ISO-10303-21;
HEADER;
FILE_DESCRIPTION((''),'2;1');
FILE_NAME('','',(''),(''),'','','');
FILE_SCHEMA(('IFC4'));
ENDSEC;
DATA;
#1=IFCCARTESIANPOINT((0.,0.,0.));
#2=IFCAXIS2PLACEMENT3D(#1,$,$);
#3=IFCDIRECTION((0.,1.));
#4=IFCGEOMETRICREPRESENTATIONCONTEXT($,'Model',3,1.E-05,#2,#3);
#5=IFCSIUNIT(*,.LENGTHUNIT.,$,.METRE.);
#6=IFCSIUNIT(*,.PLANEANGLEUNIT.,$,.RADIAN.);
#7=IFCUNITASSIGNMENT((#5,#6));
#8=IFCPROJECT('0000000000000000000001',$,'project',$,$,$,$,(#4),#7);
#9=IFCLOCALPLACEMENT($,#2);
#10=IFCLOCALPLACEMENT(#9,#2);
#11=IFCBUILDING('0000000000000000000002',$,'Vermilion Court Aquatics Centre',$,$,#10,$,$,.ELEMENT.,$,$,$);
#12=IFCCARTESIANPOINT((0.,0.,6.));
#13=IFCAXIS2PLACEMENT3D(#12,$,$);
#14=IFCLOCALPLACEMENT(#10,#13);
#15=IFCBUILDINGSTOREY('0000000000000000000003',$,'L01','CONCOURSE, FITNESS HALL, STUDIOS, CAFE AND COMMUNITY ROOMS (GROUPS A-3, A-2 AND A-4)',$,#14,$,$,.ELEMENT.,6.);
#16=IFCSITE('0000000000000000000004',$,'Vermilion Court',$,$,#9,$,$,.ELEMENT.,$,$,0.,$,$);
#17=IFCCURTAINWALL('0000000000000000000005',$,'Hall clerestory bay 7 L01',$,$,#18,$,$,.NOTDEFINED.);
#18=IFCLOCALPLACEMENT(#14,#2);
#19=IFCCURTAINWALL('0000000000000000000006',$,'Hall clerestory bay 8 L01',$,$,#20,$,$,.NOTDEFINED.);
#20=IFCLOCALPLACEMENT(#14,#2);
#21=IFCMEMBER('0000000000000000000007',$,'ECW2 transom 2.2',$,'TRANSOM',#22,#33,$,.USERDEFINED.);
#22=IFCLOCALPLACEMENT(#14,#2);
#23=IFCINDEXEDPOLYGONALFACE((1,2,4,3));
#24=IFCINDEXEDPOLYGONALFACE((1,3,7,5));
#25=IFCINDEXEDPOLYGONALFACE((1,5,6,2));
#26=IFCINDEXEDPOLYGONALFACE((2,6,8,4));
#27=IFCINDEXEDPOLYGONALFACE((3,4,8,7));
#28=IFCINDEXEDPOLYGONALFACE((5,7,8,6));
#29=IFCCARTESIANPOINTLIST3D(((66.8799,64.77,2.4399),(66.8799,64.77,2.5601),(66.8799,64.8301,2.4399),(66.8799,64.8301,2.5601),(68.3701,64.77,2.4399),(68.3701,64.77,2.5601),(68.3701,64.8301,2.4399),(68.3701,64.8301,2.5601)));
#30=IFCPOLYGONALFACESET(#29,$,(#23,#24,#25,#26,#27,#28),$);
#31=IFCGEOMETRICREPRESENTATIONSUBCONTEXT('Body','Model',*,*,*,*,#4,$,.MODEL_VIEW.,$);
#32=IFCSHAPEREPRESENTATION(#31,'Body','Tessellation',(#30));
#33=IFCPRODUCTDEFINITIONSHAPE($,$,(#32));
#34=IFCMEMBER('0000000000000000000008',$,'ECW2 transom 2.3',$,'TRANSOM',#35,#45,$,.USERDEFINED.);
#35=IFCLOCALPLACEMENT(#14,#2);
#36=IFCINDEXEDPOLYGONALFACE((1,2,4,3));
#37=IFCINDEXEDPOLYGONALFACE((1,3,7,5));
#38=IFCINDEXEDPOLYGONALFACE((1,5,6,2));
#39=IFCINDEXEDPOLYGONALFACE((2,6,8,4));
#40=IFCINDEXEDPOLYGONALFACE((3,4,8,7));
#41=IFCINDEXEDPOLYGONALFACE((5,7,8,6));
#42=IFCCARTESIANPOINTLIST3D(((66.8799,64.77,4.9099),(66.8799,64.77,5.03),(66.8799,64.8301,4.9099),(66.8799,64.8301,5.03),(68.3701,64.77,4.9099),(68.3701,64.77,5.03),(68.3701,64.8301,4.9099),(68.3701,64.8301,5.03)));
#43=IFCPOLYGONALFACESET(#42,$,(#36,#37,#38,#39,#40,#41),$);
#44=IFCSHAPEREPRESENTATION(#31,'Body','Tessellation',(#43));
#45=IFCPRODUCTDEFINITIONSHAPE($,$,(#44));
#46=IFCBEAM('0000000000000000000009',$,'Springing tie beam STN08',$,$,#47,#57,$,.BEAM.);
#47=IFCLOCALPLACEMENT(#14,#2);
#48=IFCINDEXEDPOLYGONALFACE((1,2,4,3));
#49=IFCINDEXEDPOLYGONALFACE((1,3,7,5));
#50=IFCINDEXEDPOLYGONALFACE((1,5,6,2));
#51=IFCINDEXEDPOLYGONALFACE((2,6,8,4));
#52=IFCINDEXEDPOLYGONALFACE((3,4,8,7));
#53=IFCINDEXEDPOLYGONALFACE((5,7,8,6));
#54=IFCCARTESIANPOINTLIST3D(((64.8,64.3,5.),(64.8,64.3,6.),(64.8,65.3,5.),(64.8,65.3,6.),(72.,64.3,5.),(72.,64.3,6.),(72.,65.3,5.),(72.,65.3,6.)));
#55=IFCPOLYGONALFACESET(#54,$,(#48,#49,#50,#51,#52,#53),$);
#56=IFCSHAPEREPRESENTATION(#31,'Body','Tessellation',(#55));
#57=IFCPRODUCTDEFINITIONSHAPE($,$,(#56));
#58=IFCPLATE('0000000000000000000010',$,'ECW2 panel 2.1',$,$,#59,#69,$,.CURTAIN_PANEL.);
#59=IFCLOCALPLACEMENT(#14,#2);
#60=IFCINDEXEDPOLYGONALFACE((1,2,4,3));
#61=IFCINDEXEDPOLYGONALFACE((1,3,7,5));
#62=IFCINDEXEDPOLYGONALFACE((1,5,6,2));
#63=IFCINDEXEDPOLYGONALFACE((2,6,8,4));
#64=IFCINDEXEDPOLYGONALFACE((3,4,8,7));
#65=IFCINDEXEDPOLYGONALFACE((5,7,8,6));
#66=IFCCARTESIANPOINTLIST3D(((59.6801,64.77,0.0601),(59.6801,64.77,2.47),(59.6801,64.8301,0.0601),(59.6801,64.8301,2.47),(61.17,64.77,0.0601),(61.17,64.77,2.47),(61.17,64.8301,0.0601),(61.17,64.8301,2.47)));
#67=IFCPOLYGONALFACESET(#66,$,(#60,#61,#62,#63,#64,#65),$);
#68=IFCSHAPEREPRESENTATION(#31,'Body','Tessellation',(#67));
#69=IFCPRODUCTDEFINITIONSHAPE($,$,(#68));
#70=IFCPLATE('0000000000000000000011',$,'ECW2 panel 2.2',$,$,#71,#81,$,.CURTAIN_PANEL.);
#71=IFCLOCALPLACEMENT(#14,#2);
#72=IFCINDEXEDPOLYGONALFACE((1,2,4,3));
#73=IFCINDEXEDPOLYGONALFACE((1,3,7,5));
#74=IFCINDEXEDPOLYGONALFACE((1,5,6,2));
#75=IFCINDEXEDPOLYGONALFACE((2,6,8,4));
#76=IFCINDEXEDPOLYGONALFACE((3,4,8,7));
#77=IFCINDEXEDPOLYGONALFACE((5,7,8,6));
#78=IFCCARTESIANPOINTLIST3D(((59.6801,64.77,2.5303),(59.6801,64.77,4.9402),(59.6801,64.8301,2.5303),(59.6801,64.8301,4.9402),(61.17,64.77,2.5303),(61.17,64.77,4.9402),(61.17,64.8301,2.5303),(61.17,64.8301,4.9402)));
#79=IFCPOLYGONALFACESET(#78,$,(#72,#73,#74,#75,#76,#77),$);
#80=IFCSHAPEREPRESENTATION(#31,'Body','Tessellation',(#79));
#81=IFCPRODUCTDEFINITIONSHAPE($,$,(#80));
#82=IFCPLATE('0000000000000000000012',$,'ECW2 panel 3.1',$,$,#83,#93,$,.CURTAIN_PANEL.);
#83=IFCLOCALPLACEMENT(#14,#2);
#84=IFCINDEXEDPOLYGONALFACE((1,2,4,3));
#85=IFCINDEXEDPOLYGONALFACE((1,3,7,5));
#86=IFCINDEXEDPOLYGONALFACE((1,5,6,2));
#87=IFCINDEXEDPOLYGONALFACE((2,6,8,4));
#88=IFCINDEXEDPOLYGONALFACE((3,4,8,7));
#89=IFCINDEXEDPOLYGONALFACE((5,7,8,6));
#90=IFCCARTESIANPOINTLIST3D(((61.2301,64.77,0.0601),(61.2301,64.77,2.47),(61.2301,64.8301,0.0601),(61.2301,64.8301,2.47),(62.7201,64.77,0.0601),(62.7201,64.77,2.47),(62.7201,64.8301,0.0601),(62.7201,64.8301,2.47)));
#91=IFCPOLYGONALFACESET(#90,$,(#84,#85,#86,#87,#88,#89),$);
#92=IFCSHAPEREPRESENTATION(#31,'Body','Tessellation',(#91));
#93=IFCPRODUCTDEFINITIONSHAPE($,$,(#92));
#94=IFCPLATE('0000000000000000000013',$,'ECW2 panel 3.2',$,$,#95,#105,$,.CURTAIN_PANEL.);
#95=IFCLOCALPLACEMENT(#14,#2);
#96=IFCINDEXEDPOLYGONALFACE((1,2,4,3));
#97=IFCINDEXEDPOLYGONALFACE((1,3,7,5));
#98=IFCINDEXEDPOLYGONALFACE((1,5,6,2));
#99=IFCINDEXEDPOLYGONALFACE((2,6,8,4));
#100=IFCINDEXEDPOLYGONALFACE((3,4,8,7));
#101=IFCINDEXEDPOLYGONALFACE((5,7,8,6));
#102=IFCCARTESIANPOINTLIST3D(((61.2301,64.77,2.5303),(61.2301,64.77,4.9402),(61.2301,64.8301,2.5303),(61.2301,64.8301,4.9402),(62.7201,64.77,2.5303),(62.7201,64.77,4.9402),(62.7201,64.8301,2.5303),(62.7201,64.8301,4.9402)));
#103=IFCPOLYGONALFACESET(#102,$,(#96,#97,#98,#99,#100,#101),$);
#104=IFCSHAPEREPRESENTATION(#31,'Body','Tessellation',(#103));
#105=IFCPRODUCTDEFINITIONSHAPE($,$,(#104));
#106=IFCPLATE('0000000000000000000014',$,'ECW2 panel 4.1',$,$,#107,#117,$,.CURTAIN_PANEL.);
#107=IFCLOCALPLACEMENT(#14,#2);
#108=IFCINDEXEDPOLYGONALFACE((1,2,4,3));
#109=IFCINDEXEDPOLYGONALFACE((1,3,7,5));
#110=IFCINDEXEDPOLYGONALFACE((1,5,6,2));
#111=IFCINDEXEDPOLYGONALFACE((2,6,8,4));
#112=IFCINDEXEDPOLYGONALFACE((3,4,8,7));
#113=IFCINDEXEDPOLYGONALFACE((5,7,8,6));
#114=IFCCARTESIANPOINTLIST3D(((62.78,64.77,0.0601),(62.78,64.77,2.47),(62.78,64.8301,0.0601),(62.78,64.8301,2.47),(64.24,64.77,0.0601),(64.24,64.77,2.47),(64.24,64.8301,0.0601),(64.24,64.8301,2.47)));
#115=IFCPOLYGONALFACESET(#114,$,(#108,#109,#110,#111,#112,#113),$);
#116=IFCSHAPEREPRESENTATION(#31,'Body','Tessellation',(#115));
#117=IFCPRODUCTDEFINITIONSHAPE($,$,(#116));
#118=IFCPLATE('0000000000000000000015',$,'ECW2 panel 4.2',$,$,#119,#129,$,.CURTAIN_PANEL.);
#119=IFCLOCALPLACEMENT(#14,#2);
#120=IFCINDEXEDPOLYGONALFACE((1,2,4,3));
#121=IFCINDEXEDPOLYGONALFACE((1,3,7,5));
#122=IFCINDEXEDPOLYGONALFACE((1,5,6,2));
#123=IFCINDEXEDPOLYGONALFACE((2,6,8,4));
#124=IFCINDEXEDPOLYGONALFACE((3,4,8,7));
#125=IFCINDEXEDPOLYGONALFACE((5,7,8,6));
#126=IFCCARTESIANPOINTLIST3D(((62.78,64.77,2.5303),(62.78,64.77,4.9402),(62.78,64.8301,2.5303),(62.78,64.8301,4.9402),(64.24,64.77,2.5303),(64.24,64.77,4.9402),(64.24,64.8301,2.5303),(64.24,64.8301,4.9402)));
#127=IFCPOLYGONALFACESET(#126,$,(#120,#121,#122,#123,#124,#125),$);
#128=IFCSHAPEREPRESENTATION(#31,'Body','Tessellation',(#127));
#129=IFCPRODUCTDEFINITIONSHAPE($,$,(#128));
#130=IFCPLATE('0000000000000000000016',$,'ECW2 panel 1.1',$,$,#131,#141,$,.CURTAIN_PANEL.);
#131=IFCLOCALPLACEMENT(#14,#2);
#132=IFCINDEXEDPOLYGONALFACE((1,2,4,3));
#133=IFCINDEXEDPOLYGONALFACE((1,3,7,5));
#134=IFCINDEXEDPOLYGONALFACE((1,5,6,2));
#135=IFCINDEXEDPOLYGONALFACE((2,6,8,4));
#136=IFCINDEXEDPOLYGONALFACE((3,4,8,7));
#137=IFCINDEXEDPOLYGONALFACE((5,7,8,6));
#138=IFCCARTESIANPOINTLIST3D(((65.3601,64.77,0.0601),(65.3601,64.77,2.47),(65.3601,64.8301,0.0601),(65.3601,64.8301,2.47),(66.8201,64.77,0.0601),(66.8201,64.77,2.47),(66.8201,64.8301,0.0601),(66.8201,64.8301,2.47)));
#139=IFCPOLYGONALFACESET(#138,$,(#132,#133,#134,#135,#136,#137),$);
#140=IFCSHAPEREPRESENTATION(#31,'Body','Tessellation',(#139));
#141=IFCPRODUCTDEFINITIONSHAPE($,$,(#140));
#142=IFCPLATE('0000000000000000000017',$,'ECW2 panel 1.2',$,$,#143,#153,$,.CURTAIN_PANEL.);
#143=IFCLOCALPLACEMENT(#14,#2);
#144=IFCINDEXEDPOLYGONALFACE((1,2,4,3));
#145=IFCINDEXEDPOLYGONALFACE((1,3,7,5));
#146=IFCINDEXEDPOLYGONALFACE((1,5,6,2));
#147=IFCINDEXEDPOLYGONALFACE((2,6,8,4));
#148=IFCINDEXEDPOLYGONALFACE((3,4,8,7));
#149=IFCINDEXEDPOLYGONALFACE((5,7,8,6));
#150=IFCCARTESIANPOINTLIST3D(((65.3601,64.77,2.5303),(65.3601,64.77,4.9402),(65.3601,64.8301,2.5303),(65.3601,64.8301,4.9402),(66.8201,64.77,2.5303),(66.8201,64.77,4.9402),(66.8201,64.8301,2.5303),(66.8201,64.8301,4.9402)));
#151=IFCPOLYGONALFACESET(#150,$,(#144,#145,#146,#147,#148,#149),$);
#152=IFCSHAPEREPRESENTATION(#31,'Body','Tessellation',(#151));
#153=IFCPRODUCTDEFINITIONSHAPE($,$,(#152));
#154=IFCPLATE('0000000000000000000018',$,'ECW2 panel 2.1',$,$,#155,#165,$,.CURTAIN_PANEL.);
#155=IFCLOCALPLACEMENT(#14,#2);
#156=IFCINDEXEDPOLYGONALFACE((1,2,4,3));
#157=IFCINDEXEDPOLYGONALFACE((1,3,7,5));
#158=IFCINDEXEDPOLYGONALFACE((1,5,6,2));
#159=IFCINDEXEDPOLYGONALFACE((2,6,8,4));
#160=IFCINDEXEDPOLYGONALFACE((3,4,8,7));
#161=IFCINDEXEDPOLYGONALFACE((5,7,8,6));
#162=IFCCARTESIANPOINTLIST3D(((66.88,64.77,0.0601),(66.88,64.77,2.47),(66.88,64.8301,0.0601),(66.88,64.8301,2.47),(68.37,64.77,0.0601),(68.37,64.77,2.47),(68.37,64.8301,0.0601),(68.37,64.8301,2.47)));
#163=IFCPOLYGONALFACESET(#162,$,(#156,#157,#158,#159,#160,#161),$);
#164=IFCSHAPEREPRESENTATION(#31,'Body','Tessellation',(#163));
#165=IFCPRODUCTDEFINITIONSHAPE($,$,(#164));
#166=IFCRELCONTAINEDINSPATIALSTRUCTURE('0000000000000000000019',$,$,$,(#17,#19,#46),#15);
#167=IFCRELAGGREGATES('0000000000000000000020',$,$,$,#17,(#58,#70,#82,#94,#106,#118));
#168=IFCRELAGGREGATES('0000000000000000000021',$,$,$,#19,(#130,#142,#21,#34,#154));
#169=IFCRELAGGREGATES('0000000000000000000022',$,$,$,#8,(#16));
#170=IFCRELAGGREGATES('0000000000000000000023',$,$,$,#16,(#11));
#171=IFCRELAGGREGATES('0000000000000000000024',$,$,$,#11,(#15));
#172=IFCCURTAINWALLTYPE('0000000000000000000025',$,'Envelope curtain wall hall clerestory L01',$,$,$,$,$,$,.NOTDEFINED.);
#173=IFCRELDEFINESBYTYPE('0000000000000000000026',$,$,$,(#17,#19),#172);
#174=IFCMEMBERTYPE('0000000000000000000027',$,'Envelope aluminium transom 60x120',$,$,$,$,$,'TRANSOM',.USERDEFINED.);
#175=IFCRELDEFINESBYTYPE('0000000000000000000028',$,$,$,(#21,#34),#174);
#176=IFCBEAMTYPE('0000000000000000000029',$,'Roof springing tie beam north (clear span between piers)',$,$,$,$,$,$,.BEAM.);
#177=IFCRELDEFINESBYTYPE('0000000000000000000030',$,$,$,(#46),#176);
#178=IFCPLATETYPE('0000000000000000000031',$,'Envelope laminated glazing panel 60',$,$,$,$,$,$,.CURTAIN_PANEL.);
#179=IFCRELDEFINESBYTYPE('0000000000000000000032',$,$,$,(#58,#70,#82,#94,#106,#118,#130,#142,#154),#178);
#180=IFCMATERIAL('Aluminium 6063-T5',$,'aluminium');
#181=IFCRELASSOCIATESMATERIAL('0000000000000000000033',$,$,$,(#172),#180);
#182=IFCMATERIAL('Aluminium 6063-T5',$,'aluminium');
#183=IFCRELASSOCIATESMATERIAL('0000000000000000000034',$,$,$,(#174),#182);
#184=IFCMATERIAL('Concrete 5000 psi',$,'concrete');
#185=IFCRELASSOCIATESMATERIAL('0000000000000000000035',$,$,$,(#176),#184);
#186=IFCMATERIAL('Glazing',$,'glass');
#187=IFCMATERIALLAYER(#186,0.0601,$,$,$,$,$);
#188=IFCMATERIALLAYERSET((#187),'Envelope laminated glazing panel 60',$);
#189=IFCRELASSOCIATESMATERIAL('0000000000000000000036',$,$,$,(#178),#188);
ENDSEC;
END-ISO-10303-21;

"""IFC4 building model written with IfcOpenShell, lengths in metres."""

from ifc_helpers import new_model, si_unit, direction, frame, origin, origin_2d, place, context, subcontext, project, spatial, rectangle, extrude, material, layer, layer_set, material_profile, profile_set, type_object, element, aggregate, save


model = new_model("IFC4")

# Units and contexts
model_context = context("Model", 3, precision=1e-05, world=origin(), true_north=direction((0.0, 1.0)))
body_context = subcontext(model_context, "Body", "Model", "MODEL_VIEW")
ifc_project = project(units=[si_unit("LENGTHUNIT", "METRE"), si_unit("PLANEANGLEUNIT", "RADIAN")], contexts=[model_context])

# Site, building, storey
site_placement = place(None, origin())
site = spatial("IfcSite", under=ifc_project, at=site_placement, Name="Vermilion Court", CompositionType="ELEMENT", RefElevation=0.0)
building_placement = place(site_placement, origin())
building = spatial("IfcBuilding", under=site, at=building_placement, Name="Vermilion Court Aquatics Centre", CompositionType="ELEMENT")
storey_placement = place(building_placement, frame((0.0, 0.0, 6.0)))
storey = spatial("IfcBuildingStorey", under=building, at=storey_placement, Name="L01", Description="CONCOURSE, FITNESS HALL, STUDIOS, CAFE AND COMMUNITY ROOMS (GROUPS A-3, A-2 AND A-4)", CompositionType="ELEMENT", Elevation=6.0)

# Curtain walls
ifc_material_1 = material(Name="Aluminium 6063-T5", Category="aluminium")
curtain_wall_type = type_object("IfcCurtainWallType", Name="Envelope curtain wall hall clerestory L01", PredefinedType="NOTDEFINED", material=ifc_material_1)
curtain_wall_1_placement = place(storey_placement, origin())
curtain_wall_1 = element("IfcCurtainWall", 1, at=curtain_wall_1_placement, inside=storey, type_object=curtain_wall_type, Name="Hall clerestory bay 7 L01", PredefinedType="NOTDEFINED")
curtain_wall_2_placement = place(storey_placement, origin())
curtain_wall_2 = element("IfcCurtainWall", 2, at=curtain_wall_2_placement, inside=storey, type_object=curtain_wall_type, Name="Hall clerestory bay 8 L01", PredefinedType="NOTDEFINED")

# Members
ifc_material_2 = material(Name="Aluminium 6063-T5", Category="aluminium")
ifc_material_profile_1 = material_profile(ifc_material_2, rectangle(XDim=0.0601, YDim=0.1201, at=origin_2d()), Name="AL 60x120")
ifc_profile_set_1 = profile_set([ifc_material_profile_1], Name="Aluminium 6063-T5")
member_type_1 = type_object("IfcMemberType", Name="Envelope aluminium transom 60x120", ElementType="TRANSOM", PredefinedType="USERDEFINED", material=ifc_profile_set_1)
member_1_placement = place(storey_placement, frame((66.8799, 64.8, 2.5), z_axis=(1.0, 0.0, 0.0), x_axis=(0.0, 1.0, 0.0)))
member_1 = element("IfcMember", 3, at=member_1_placement, type_object=member_type_1, Name="ECW2 transom 2.2", ObjectType="TRANSOM", PredefinedType="USERDEFINED", context=body_context, shape_type="SweptSolid", body=[
    extrude(rectangle(XDim=0.0601, YDim=0.1201, at=origin_2d()), origin(), (0.0, 0.0, 1.0), 1.4902),
])
member_2_placement = place(storey_placement, frame((66.8799, 64.8, 4.97), z_axis=(1.0, 0.0, 0.0), x_axis=(0.0, 1.0, 0.0)))
member_2 = element("IfcMember", 4, at=member_2_placement, type_object=member_type_1, Name="ECW2 transom 2.3", ObjectType="TRANSOM", PredefinedType="USERDEFINED", context=body_context, shape_type="SweptSolid", body=[
    extrude(rectangle(XDim=0.0601, YDim=0.1201, at=origin_2d()), origin(), (0.0, 0.0, 1.0), 1.4902),
])

# Beam
ifc_material_3 = material(Name="Concrete 5000 psi", Category="concrete")
ifc_material_profile_2 = material_profile(ifc_material_3, rectangle(XDim=1.0, YDim=1.0, at=origin_2d()), Name="RC 1000x1000")
ifc_profile_set_2 = profile_set([ifc_material_profile_2], Name="Concrete 5000 psi")
beam_type = type_object("IfcBeamType", Name="Roof springing tie beam north (clear span between piers)", PredefinedType="BEAM", material=ifc_profile_set_2)
beam_placement = place(storey_placement, frame((64.8, 64.8, 5.5), z_axis=(1.0, 0.0, 0.0), x_axis=(0.0, 1.0, 0.0)))
element("IfcBeam", 5, at=beam_placement, inside=storey, type_object=beam_type, Name="Springing tie beam STN08", PredefinedType="BEAM", context=body_context, shape_type="SweptSolid", body=[
    extrude(rectangle(XDim=1.0, YDim=1.0, at=origin_2d()), origin(), (0.0, 0.0, 1.0), 7.2),
])

# Plates
ifc_material_4 = material(Name="Glazing", Category="glass")
ifc_layer = layer(ifc_material_4, 0.0601)
ifc_layer_set = layer_set([ifc_layer], Name="Envelope laminated glazing panel 60")
plate_type = type_object("IfcPlateType", Name="Envelope laminated glazing panel 60", PredefinedType="CURTAIN_PANEL", material=ifc_layer_set)
plate_1_placement = place(storey_placement, frame((60.425, 64.8, 0.0601), z_axis=(0.0, 0.0, 1.0), x_axis=(1.0, 0.0, 0.0)))
plate_1 = element("IfcPlate", 6, at=plate_1_placement, type_object=plate_type, Name="ECW2 panel 2.1", PredefinedType="CURTAIN_PANEL", context=body_context, shape_type="SweptSolid", body=[
    extrude(rectangle(XDim=1.49, YDim=0.0601, at=origin_2d()), origin(), (0.0, 0.0, 1.0), 2.4099),
])
plate_2_placement = place(storey_placement, frame((60.425, 64.8, 2.5303), z_axis=(0.0, 0.0, 1.0), x_axis=(1.0, 0.0, 0.0)))
plate_2 = element("IfcPlate", 7, at=plate_2_placement, type_object=plate_type, Name="ECW2 panel 2.2", PredefinedType="CURTAIN_PANEL", context=body_context, shape_type="SweptSolid", body=[
    extrude(rectangle(XDim=1.49, YDim=0.0601, at=origin_2d()), origin(), (0.0, 0.0, 1.0), 2.4099),
])
plate_3_placement = place(storey_placement, frame((61.9751, 64.8, 0.0601), z_axis=(0.0, 0.0, 1.0), x_axis=(1.0, 0.0, 0.0)))
plate_3 = element("IfcPlate", 8, at=plate_3_placement, type_object=plate_type, Name="ECW2 panel 3.1", PredefinedType="CURTAIN_PANEL", context=body_context, shape_type="SweptSolid", body=[
    extrude(rectangle(XDim=1.49, YDim=0.0601, at=origin_2d()), origin(), (0.0, 0.0, 1.0), 2.4099),
])
plate_4_placement = place(storey_placement, frame((61.9751, 64.8, 2.5303), z_axis=(0.0, 0.0, 1.0), x_axis=(1.0, 0.0, 0.0)))
plate_4 = element("IfcPlate", 9, at=plate_4_placement, type_object=plate_type, Name="ECW2 panel 3.2", PredefinedType="CURTAIN_PANEL", context=body_context, shape_type="SweptSolid", body=[
    extrude(rectangle(XDim=1.49, YDim=0.0601, at=origin_2d()), origin(), (0.0, 0.0, 1.0), 2.4099),
])
plate_5_placement = place(storey_placement, frame((63.51, 64.8, 0.0601), z_axis=(0.0, 0.0, 1.0), x_axis=(1.0, 0.0, 0.0)))
plate_5 = element("IfcPlate", 10, at=plate_5_placement, type_object=plate_type, Name="ECW2 panel 4.1", PredefinedType="CURTAIN_PANEL", context=body_context, shape_type="SweptSolid", body=[
    extrude(rectangle(XDim=1.46, YDim=0.0601, at=origin_2d()), origin(), (0.0, 0.0, 1.0), 2.4099),
])
plate_6_placement = place(storey_placement, frame((63.51, 64.8, 2.5303), z_axis=(0.0, 0.0, 1.0), x_axis=(1.0, 0.0, 0.0)))
plate_6 = element("IfcPlate", 11, at=plate_6_placement, type_object=plate_type, Name="ECW2 panel 4.2", PredefinedType="CURTAIN_PANEL", context=body_context, shape_type="SweptSolid", body=[
    extrude(rectangle(XDim=1.46, YDim=0.0601, at=origin_2d()), origin(), (0.0, 0.0, 1.0), 2.4099),
])
aggregate(curtain_wall_1, [plate_1, plate_2, plate_3, plate_4, plate_5, plate_6])
plate_7_placement = place(storey_placement, frame((66.0901, 64.8, 0.0601), z_axis=(0.0, 0.0, 1.0), x_axis=(1.0, 0.0, 0.0)))
plate_7 = element("IfcPlate", 12, at=plate_7_placement, type_object=plate_type, Name="ECW2 panel 1.1", PredefinedType="CURTAIN_PANEL", context=body_context, shape_type="SweptSolid", body=[
    extrude(rectangle(XDim=1.46, YDim=0.0601, at=origin_2d()), origin(), (0.0, 0.0, 1.0), 2.4099),
])
plate_8_placement = place(storey_placement, frame((66.0901, 64.8, 2.5303), z_axis=(0.0, 0.0, 1.0), x_axis=(1.0, 0.0, 0.0)))
plate_8 = element("IfcPlate", 13, at=plate_8_placement, type_object=plate_type, Name="ECW2 panel 1.2", PredefinedType="CURTAIN_PANEL", context=body_context, shape_type="SweptSolid", body=[
    extrude(rectangle(XDim=1.46, YDim=0.0601, at=origin_2d()), origin(), (0.0, 0.0, 1.0), 2.4099),
])
plate_9_placement = place(storey_placement, frame((67.625, 64.8, 0.0601), z_axis=(0.0, 0.0, 1.0), x_axis=(1.0, 0.0, 0.0)))
plate_9 = element("IfcPlate", 14, at=plate_9_placement, type_object=plate_type, Name="ECW2 panel 2.1", PredefinedType="CURTAIN_PANEL", context=body_context, shape_type="SweptSolid", body=[
    extrude(rectangle(XDim=1.49, YDim=0.0601, at=origin_2d()), origin(), (0.0, 0.0, 1.0), 2.4099),
])
aggregate(curtain_wall_2, [plate_7, plate_8, member_1, member_2, plate_9])

save(model, "model.ifc")
